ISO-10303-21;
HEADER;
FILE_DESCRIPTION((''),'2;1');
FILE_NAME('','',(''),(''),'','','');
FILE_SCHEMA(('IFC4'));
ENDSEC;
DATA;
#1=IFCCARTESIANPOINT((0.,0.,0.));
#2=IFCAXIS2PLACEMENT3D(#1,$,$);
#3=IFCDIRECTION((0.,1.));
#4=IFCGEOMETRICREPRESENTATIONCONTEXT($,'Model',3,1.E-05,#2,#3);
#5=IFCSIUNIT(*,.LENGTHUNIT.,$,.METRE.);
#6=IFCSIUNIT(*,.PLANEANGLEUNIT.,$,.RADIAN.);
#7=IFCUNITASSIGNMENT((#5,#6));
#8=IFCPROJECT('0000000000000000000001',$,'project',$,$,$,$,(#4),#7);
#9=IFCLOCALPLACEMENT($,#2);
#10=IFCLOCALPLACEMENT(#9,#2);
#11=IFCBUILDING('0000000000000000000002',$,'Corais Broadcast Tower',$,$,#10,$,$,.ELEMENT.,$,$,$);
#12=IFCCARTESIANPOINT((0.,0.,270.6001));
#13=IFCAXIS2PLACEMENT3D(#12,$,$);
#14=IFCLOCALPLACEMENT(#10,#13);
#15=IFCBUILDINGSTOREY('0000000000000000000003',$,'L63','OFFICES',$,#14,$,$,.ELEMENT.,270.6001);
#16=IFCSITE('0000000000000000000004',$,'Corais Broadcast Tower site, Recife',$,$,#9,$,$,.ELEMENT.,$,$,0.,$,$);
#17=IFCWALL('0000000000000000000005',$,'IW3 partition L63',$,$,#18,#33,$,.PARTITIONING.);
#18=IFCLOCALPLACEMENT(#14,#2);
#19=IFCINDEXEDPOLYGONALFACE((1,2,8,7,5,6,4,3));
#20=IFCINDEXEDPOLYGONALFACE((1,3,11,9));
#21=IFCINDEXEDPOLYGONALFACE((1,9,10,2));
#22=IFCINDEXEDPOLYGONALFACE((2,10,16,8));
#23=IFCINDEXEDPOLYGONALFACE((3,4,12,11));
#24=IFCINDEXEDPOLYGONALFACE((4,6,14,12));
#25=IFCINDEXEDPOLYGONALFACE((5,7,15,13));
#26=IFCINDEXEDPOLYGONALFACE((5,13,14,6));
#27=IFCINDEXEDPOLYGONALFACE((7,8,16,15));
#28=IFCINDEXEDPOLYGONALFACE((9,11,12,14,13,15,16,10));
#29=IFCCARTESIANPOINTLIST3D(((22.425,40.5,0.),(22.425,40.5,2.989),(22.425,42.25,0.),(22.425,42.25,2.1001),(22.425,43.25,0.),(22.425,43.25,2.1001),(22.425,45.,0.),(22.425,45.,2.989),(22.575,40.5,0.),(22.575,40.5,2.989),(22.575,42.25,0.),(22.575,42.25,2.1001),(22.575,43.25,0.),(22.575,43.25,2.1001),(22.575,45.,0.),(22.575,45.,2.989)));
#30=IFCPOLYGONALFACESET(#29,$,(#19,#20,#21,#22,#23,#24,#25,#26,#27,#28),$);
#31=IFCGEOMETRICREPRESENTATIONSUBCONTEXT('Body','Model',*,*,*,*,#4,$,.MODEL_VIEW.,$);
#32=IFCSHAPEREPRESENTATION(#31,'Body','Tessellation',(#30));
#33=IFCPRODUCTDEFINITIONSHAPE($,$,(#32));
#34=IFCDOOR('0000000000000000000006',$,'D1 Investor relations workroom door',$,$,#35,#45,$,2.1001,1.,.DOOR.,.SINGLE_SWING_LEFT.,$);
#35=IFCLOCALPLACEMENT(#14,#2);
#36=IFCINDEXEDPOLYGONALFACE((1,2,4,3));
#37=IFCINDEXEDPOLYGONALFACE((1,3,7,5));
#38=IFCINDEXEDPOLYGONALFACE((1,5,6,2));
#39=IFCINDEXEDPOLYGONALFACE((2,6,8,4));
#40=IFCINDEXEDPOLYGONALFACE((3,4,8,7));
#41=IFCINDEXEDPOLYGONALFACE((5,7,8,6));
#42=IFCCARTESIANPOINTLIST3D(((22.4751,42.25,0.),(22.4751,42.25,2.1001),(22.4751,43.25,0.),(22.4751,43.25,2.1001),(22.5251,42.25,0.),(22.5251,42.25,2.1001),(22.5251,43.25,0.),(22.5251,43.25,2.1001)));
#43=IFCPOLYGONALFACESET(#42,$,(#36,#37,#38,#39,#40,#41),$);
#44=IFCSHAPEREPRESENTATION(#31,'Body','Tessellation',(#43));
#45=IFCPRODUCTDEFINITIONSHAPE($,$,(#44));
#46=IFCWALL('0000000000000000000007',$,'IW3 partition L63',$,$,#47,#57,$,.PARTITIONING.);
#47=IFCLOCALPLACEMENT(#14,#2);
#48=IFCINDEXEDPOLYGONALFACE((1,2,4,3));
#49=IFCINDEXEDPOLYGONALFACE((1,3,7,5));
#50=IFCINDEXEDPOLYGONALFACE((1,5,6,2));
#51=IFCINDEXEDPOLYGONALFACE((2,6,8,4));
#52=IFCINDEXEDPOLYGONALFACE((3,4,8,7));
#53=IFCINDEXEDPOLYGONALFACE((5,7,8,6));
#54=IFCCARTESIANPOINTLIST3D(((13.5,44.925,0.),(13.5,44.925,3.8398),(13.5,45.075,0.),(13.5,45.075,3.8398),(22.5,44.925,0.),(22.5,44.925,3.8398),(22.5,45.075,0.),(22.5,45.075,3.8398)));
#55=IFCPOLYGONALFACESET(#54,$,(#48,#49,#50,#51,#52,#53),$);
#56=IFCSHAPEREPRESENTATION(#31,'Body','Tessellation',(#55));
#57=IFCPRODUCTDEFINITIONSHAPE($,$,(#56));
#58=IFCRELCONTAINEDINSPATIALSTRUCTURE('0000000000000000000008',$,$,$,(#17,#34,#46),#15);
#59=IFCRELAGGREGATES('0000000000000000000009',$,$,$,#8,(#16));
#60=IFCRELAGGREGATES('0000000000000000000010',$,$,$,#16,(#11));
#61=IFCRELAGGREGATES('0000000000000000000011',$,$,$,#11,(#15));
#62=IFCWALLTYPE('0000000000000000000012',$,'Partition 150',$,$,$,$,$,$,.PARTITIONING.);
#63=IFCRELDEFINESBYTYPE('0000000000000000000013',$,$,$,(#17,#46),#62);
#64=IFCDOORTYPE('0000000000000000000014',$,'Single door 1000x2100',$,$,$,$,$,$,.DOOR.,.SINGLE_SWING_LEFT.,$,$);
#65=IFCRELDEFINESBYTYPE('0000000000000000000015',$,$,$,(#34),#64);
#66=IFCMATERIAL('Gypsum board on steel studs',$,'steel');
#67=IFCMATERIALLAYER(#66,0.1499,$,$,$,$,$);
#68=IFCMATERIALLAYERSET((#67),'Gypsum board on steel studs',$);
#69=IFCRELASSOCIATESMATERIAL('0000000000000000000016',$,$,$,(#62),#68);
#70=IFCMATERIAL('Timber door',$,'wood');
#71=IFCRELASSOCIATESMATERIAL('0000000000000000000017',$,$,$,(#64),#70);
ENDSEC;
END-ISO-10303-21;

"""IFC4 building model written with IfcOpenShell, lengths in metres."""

from ifc_helpers import new_model, si_unit, direction, frame, frame_2d, origin, place, context, subcontext, project, spatial, rectangle, extrude, material, layer, layer_set, type_object, element, fill, save


model = new_model("IFC4")

# Units and contexts
model_context = context("Model", 3, precision=1e-05, world=origin(), true_north=direction((0.0, 1.0)))
body_context = subcontext(model_context, "Body", "Model", "MODEL_VIEW")
ifc_project = project(units=[si_unit("LENGTHUNIT", "METRE"), si_unit("PLANEANGLEUNIT", "RADIAN")], contexts=[model_context])

# Site, building, storey
site_placement = place(None, origin())
site = spatial("IfcSite", under=ifc_project, at=site_placement, Name="Corais Broadcast Tower site, Recife", CompositionType="ELEMENT", RefElevation=0.0)
building_placement = place(site_placement, origin())
building = spatial("IfcBuilding", under=site, at=building_placement, Name="Corais Broadcast Tower", CompositionType="ELEMENT")
storey_placement = place(building_placement, frame((0.0, 0.0, 270.6001)))
storey = spatial("IfcBuildingStorey", under=building, at=storey_placement, Name="L63", Description="OFFICES", CompositionType="ELEMENT", Elevation=270.6001)

# Wall, opening, door
ifc_material_1 = material(Name="Gypsum board on steel studs", Category="steel")
ifc_layer_1 = layer(ifc_material_1, 0.1499)
ifc_layer_set_1 = layer_set([ifc_layer_1], Name="Gypsum board on steel studs")
wall_type = type_object("IfcWallType", Name="Partition 150", PredefinedType="PARTITIONING", material=ifc_layer_set_1)
wall_1_placement = place(storey_placement, frame((22.5, 40.5, 0.0), z_axis=(0.0, 0.0, 1.0), x_axis=(0.0, 1.0, 0.0)))
wall_1 = element("IfcWall", 1, at=wall_1_placement, inside=storey, type_object=wall_type, Name="IW3 partition L63", PredefinedType="PARTITIONING", context=body_context, shape_type="SweptSolid", body=[
    extrude(rectangle(XDim=4.5, YDim=0.1499, at=frame_2d((2.25, 0.0))), origin(), (0.0, 0.0, 1.0), 2.989),
])
opening_placement = place(wall_1_placement, frame((1.75, 0.0, 0.0)))
opening = element("IfcOpeningElement", 2, at=opening_placement, cuts=wall_1, PredefinedType="OPENING", context=body_context, shape_type="SweptSolid", body=[
    extrude(rectangle(XDim=1.0, YDim=2.1001, at=frame_2d((0.5, 1.05))), frame((0.0, 0.085, 0.0), z_axis=(0.0, -1.0, 0.0), x_axis=(1.0, 0.0, 0.0)), (0.0, 0.0, 1.0), 0.1699),
])
ifc_material_2 = material(Name="Timber door", Category="wood")
door_type = type_object("IfcDoorType", Name="Single door 1000x2100", OperationType="SINGLE_SWING_LEFT", PredefinedType="DOOR", material=ifc_material_2)
door_placement = place(opening_placement, origin())
door = element("IfcDoor", 3, at=door_placement, inside=storey, type_object=door_type, Name="D1 Investor relations workroom door", OperationType="SINGLE_SWING_LEFT", OverallHeight=2.1001, OverallWidth=1.0, PredefinedType="DOOR", context=body_context, shape_type="SweptSolid", body=[
    extrude(rectangle(XDim=1.0, YDim=2.1001, at=frame_2d((0.5, 1.05))), frame((0.0, 0.0249, 0.0), z_axis=(0.0, -1.0, 0.0), x_axis=(1.0, 0.0, 0.0)), (0.0, 0.0, 1.0), 0.05),
])
fill(opening, door)

# Wall
wall_2_placement = place(storey_placement, frame((22.5, 45.0, 0.0), z_axis=(0.0, 0.0, 1.0), x_axis=(-1.0, 0.0, 0.0)))
element("IfcWall", 4, at=wall_2_placement, inside=storey, type_object=wall_type, Name="IW3 partition L63", PredefinedType="PARTITIONING", context=body_context, shape_type="SweptSolid", body=[
    extrude(rectangle(XDim=9.0, YDim=0.1499, at=frame_2d((4.5, 0.0))), origin(), (0.0, 0.0, 1.0), 3.8398),
])

save(model, "model.ifc")
